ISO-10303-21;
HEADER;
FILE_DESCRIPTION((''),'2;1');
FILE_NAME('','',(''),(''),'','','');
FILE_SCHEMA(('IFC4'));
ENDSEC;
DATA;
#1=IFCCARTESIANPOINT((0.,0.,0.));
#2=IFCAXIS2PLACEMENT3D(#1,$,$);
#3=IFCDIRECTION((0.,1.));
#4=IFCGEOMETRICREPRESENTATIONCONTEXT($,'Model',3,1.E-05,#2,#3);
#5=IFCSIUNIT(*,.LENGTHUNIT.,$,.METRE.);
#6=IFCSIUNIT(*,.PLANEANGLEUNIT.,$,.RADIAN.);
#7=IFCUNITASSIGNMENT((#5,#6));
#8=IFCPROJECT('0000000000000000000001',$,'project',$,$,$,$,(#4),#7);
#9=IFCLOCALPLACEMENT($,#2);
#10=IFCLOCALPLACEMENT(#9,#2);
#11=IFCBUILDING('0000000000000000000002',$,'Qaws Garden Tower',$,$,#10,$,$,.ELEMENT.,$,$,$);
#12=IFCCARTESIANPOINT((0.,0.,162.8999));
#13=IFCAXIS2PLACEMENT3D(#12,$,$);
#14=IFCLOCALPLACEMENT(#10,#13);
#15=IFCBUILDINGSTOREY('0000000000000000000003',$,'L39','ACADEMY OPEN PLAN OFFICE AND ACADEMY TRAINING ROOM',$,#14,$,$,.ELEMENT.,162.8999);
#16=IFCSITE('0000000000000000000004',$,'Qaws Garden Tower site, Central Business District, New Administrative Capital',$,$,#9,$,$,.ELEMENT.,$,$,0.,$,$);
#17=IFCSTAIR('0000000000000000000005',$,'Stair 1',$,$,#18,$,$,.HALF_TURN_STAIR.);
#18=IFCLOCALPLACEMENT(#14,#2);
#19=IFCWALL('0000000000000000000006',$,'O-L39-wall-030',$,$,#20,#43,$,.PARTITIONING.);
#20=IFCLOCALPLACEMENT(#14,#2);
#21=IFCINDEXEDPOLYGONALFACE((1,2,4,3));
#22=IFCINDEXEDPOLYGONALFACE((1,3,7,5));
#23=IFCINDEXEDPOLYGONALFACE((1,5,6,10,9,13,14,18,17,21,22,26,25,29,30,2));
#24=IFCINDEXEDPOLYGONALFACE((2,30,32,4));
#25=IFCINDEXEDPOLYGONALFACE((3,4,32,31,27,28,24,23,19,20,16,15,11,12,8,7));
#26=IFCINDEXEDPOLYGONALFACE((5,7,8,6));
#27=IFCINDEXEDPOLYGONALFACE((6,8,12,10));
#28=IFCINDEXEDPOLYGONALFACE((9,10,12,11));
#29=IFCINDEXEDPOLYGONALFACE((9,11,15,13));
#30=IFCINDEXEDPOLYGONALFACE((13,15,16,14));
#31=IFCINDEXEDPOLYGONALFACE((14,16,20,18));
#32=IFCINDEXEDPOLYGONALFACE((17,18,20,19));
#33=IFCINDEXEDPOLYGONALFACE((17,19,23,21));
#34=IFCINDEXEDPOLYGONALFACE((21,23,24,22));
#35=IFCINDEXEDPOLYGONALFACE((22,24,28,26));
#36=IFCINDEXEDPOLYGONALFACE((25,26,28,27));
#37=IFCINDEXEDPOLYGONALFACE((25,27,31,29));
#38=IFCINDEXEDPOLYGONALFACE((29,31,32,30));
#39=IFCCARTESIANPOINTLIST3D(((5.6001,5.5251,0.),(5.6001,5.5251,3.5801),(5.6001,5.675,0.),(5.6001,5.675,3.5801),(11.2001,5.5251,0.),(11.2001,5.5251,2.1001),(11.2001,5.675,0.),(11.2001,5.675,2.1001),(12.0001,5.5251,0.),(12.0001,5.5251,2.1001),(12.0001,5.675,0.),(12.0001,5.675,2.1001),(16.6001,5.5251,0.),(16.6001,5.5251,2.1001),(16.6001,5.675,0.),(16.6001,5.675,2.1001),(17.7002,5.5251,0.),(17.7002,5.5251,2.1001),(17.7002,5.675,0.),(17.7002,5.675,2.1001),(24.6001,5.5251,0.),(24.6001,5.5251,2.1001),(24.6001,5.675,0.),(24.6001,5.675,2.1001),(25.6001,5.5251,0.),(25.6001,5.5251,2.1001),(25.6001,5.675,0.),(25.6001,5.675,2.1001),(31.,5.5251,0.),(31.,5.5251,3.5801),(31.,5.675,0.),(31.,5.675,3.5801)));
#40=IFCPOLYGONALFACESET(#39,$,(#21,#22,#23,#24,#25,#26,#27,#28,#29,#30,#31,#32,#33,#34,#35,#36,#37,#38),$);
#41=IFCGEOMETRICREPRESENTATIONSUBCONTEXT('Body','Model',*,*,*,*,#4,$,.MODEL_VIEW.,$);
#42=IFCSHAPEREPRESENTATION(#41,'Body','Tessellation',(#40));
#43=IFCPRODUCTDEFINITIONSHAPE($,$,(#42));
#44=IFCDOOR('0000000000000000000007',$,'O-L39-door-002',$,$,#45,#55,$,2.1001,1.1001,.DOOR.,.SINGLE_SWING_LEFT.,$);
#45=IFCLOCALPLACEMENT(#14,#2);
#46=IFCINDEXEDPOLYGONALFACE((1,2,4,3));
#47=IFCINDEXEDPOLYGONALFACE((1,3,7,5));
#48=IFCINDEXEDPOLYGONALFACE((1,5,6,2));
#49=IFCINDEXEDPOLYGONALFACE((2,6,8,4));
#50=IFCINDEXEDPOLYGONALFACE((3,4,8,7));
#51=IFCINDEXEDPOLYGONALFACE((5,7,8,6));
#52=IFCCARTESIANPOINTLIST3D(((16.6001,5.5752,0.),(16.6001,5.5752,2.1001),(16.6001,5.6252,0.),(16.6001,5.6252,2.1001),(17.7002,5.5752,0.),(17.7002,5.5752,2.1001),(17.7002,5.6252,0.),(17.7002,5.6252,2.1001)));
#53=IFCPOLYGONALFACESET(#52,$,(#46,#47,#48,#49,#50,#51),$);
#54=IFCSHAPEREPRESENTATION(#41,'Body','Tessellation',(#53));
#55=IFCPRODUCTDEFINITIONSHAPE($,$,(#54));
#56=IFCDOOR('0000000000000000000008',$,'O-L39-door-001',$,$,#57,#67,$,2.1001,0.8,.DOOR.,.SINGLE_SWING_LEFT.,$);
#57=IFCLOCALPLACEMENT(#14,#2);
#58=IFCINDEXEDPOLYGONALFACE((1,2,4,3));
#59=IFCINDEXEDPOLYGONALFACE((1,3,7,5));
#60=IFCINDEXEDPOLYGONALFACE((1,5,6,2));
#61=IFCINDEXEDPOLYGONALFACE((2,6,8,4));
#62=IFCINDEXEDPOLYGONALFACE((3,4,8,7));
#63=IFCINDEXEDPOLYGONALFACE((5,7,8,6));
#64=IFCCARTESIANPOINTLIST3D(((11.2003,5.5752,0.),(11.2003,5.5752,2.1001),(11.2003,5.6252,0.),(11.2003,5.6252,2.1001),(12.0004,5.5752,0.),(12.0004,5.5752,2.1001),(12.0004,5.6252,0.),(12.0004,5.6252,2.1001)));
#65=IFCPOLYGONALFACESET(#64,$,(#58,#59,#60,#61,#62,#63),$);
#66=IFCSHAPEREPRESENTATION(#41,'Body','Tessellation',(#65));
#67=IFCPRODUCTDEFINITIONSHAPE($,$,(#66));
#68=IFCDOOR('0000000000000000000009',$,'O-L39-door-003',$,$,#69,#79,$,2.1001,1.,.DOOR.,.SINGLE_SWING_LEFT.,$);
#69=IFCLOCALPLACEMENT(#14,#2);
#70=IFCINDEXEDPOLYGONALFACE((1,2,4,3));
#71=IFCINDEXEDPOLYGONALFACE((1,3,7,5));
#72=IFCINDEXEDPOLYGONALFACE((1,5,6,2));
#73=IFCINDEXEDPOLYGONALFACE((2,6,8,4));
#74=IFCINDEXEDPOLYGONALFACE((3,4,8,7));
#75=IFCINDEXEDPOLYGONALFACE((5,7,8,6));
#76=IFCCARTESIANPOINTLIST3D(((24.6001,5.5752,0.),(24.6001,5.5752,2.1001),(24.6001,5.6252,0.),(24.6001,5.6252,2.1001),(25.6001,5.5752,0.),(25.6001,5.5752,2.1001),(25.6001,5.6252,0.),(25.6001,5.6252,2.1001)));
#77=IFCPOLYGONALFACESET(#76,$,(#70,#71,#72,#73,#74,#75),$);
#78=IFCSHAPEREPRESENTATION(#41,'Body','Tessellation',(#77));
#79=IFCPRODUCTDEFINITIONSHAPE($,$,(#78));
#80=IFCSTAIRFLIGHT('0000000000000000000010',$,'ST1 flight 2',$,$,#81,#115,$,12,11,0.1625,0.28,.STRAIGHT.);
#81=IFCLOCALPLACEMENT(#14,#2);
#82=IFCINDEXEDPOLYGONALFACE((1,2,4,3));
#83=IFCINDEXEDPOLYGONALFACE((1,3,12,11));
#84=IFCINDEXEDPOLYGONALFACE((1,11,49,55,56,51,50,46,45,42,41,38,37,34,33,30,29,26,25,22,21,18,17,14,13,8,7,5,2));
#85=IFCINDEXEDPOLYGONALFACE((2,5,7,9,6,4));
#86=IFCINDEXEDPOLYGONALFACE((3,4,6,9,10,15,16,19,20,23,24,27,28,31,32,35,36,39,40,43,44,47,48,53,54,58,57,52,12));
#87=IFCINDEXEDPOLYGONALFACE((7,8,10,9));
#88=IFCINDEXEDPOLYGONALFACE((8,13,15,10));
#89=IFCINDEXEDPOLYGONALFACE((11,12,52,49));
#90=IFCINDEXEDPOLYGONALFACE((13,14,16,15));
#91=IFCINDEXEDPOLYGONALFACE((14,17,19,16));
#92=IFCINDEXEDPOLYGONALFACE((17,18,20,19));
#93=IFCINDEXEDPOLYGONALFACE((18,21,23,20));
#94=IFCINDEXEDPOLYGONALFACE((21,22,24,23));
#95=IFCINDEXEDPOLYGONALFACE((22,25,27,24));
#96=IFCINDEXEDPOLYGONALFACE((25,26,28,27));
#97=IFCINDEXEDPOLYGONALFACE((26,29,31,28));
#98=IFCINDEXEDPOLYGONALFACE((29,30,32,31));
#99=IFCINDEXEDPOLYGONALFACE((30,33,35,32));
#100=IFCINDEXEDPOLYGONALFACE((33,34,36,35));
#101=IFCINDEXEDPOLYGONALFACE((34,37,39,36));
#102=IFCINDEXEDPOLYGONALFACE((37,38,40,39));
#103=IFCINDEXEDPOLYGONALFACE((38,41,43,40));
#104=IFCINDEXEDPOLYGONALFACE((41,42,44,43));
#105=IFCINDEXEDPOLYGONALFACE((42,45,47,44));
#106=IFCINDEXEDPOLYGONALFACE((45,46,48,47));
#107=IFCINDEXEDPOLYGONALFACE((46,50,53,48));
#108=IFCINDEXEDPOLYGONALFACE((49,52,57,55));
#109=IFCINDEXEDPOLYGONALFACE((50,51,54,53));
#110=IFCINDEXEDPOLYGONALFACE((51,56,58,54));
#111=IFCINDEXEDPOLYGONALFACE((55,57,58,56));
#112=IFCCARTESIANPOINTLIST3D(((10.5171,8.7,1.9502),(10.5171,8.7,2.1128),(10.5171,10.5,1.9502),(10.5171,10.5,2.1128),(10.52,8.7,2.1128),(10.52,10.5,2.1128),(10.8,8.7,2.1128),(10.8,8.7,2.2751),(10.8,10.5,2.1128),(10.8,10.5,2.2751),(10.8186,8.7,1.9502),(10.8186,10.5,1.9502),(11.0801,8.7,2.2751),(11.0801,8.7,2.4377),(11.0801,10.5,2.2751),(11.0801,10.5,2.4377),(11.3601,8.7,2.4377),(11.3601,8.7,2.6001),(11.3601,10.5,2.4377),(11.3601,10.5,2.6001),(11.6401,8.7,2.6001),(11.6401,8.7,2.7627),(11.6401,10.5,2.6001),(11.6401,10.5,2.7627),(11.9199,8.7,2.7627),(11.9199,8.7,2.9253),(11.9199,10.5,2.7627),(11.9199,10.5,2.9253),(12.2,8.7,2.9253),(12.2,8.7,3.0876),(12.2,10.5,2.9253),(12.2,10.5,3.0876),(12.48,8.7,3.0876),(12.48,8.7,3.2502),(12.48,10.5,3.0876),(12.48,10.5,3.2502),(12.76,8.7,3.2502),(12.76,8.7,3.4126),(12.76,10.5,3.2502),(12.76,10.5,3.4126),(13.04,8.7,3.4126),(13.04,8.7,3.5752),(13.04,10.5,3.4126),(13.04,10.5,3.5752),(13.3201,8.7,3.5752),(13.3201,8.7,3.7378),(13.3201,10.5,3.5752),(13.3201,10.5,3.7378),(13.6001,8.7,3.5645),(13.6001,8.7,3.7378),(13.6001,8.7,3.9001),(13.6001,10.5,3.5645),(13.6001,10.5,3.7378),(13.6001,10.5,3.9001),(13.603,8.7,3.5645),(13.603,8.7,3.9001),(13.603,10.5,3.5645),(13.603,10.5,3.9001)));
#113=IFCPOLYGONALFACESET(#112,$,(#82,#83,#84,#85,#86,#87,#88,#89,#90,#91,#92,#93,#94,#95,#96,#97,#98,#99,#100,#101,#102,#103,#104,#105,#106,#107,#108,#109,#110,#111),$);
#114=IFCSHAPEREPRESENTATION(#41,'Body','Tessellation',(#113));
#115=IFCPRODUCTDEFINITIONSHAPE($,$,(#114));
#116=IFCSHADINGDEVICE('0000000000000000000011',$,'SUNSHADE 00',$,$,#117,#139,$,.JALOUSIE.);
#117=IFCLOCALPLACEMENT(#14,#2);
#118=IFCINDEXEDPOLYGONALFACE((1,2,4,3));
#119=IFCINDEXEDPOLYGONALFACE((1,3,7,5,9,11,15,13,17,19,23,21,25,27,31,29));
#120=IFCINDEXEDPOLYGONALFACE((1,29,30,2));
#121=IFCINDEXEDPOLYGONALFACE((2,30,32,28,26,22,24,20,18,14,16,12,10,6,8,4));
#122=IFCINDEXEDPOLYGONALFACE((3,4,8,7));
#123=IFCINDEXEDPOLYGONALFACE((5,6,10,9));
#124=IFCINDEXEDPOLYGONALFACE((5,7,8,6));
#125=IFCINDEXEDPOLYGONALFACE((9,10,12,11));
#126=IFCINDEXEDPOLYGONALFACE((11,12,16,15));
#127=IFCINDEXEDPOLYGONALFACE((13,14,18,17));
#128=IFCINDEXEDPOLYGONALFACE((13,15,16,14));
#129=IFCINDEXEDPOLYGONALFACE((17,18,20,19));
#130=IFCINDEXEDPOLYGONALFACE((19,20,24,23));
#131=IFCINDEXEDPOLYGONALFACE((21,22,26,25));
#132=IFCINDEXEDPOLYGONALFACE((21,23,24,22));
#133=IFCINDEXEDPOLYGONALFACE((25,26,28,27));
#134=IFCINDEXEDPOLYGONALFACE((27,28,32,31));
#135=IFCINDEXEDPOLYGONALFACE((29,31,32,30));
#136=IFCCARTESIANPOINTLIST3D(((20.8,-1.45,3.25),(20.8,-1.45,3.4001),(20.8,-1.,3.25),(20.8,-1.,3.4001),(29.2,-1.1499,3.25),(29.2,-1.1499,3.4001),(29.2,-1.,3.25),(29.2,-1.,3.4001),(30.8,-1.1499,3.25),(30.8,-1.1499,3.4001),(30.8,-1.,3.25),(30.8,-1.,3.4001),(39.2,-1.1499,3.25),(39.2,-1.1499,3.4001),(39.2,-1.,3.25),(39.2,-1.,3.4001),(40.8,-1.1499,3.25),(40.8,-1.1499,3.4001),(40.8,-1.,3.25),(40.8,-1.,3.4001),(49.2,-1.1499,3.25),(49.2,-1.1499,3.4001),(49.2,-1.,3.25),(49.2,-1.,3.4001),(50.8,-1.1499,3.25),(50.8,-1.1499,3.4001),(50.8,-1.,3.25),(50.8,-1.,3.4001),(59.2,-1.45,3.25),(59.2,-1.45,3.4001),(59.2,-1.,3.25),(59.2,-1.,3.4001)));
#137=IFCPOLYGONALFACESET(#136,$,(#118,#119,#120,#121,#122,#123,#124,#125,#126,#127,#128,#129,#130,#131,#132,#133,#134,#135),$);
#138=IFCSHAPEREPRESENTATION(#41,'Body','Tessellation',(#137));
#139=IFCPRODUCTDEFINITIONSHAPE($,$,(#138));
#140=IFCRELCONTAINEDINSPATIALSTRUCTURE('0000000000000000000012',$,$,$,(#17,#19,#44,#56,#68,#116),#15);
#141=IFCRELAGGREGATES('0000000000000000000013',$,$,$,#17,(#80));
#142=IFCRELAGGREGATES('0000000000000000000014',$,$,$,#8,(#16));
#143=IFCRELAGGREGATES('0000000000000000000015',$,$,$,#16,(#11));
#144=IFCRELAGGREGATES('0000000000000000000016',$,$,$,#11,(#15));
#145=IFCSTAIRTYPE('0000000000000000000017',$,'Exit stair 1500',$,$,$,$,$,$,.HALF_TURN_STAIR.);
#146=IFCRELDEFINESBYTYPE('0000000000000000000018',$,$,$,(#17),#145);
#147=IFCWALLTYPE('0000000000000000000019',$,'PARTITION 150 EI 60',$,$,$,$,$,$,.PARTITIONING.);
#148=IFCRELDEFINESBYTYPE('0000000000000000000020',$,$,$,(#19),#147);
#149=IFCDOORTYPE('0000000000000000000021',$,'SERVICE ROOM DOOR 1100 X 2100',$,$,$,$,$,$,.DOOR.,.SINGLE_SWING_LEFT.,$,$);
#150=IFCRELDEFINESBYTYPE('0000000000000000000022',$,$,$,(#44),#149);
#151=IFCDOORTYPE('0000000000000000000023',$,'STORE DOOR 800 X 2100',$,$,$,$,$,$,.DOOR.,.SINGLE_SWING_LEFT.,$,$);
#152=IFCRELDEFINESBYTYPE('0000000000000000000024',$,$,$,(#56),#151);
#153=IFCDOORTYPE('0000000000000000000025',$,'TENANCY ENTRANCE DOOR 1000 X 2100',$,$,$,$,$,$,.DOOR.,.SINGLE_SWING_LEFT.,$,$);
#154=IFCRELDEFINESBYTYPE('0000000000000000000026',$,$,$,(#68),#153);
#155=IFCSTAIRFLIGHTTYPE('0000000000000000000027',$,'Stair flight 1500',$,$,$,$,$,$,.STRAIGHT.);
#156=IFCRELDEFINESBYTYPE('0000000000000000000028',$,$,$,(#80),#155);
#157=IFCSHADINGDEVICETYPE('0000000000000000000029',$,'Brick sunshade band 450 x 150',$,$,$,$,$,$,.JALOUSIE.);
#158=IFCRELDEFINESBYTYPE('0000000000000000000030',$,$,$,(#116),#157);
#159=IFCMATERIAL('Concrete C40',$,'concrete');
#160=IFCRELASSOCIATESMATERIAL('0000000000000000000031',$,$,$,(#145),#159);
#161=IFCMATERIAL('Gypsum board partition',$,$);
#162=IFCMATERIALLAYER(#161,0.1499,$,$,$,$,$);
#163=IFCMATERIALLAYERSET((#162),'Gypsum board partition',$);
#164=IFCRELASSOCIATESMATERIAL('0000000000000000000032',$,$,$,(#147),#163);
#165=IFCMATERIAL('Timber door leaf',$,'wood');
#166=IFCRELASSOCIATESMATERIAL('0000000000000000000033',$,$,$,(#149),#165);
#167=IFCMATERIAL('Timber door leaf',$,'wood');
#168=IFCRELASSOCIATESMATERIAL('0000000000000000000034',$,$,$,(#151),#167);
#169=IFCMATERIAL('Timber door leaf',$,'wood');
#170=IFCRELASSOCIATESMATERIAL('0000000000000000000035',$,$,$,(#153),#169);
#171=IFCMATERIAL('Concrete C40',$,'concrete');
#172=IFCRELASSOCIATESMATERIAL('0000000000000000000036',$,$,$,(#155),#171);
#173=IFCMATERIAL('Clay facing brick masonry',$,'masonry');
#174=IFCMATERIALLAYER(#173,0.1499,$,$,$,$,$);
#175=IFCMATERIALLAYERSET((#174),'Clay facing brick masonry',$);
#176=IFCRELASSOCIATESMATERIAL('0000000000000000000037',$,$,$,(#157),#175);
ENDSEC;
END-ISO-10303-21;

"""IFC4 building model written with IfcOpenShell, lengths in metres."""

from ifc_helpers import new_model, si_unit, direction, frame, frame_2d, origin, place, context, subcontext, project, spatial, polyline, rectangle, outline, extrude, material, layer, layer_set, type_object, element, fill, aggregate, save


model = new_model("IFC4")

# Units and contexts
model_context = context("Model", 3, precision=1e-05, world=origin(), true_north=direction((0.0, 1.0)))
body_context = subcontext(model_context, "Body", "Model", "MODEL_VIEW")
ifc_project = project(units=[si_unit("LENGTHUNIT", "METRE"), si_unit("PLANEANGLEUNIT", "RADIAN")], contexts=[model_context])

# Site, building, storey
site_placement = place(None, origin())
site = spatial("IfcSite", under=ifc_project, at=site_placement, Name="Qaws Garden Tower site, Central Business District, New Administrative Capital", CompositionType="ELEMENT", RefElevation=0.0)
building_placement = place(site_placement, origin())
building = spatial("IfcBuilding", under=site, at=building_placement, Name="Qaws Garden Tower", CompositionType="ELEMENT")
storey_placement = place(building_placement, frame((0.0, 0.0, 162.8999)))
storey = spatial("IfcBuildingStorey", under=building, at=storey_placement, Name="L39", Description="ACADEMY OPEN PLAN OFFICE AND ACADEMY TRAINING ROOM", CompositionType="ELEMENT", Elevation=162.8999)

# Stair
ifc_material_1 = material(Name="Concrete C40", Category="concrete")
stair_type_1 = type_object("IfcStairType", Name="Exit stair 1500", PredefinedType="HALF_TURN_STAIR", material=ifc_material_1)
placement_1 = place(storey_placement, origin())
stair_1 = element("IfcStair", 1, at=placement_1, inside=storey, type_object=stair_type_1, Name="Stair 1", PredefinedType="HALF_TURN_STAIR")

# Shared definitions
ifc_material_2 = material(Name="Gypsum board partition")
ifc_layer_1 = layer(ifc_material_2, 0.1499)
ifc_layer_set_1 = layer_set([ifc_layer_1], Name="Gypsum board partition")
wall_type_1 = type_object("IfcWallType", Name="PARTITION 150 EI 60", PredefinedType="PARTITIONING", material=ifc_layer_set_1)

# Wall, openings, doors
wall_1_placement = place(storey_placement, frame((5.6001, 5.6001, 0.0), z_axis=(0.0, 0.0, 1.0), x_axis=(1.0, 0.0, 0.0)))
wall_1 = element("IfcWall", 2, at=wall_1_placement, inside=storey, type_object=wall_type_1, Name="O-L39-wall-030", PredefinedType="PARTITIONING", context=body_context, shape_type="SweptSolid", body=[
    extrude(rectangle(XDim=25.3999, YDim=0.1499, at=frame_2d((12.7, 0.0))), origin(), (0.0, 0.0, 1.0), 3.5801),
])
opening_1_placement = place(wall_1_placement, frame((5.6001, 0.0, 0.0)))
opening_1 = element("IfcOpeningElement", 3, at=opening_1_placement, cuts=wall_1, PredefinedType="OPENING", context=body_context, shape_type="SweptSolid", body=[
    extrude(rectangle(XDim=0.8, YDim=2.1001, at=frame_2d((0.3999, 1.05))), frame((0.0, 0.085, 0.0), z_axis=(0.0, -1.0, 0.0), x_axis=(1.0, 0.0, 0.0)), (0.0, 0.0, 1.0), 0.1699),
])
opening_2_placement = place(wall_1_placement, frame((11.0, 0.0, 0.0)))
opening_2 = element("IfcOpeningElement", 4, at=opening_2_placement, cuts=wall_1, PredefinedType="OPENING", context=body_context, shape_type="SweptSolid", body=[
    extrude(rectangle(XDim=1.1001, YDim=2.1001, at=frame_2d((0.55, 1.05))), frame((0.0, 0.085, 0.0), z_axis=(0.0, -1.0, 0.0), x_axis=(1.0, 0.0, 0.0)), (0.0, 0.0, 1.0), 0.1699),
])
opening_3_placement = place(wall_1_placement, frame((19.0, 0.0, 0.0)))
opening_3 = element("IfcOpeningElement", 5, at=opening_3_placement, cuts=wall_1, PredefinedType="OPENING", context=body_context, shape_type="SweptSolid", body=[
    extrude(rectangle(XDim=1.0, YDim=2.1001, at=frame_2d((0.5, 1.05))), frame((0.0, 0.085, 0.0), z_axis=(0.0, -1.0, 0.0), x_axis=(1.0, 0.0, 0.0)), (0.0, 0.0, 1.0), 0.1699),
])
ifc_material_3 = material(Name="Timber door leaf", Category="wood")
door_type_1 = type_object("IfcDoorType", Name="SERVICE ROOM DOOR 1100 X 2100", OperationType="SINGLE_SWING_LEFT", PredefinedType="DOOR", material=ifc_material_3)
door_1_placement = place(opening_2_placement, frame((1.1001, 0.0, 0.0), z_axis=(0.0, 0.0, 1.0), x_axis=(-1.0, 0.0, 0.0)))
door_1 = element("IfcDoor", 6, at=door_1_placement, inside=storey, type_object=door_type_1, Name="O-L39-door-002", OperationType="SINGLE_SWING_LEFT", OverallHeight=2.1001, OverallWidth=1.1001, PredefinedType="DOOR", context=body_context, shape_type="SweptSolid", body=[
    extrude(rectangle(XDim=1.1001, YDim=2.1001, at=frame_2d((0.55, 1.05))), frame((0.0, 0.0249, 0.0), z_axis=(0.0, -1.0, 0.0), x_axis=(1.0, 0.0, 0.0)), (0.0, 0.0, 1.0), 0.05),
])
fill(opening_2, door_1)
ifc_material_4 = material(Name="Timber door leaf", Category="wood")
door_type_2 = type_object("IfcDoorType", Name="STORE DOOR 800 X 2100", OperationType="SINGLE_SWING_LEFT", PredefinedType="DOOR", material=ifc_material_4)
door_2_placement = place(opening_1_placement, frame((0.8, 0.0, 0.0), z_axis=(0.0, 0.0, 1.0), x_axis=(-1.0, 0.0, 0.0)))
door_2 = element("IfcDoor", 7, at=door_2_placement, inside=storey, type_object=door_type_2, Name="O-L39-door-001", OperationType="SINGLE_SWING_LEFT", OverallHeight=2.1001, OverallWidth=0.8, PredefinedType="DOOR", context=body_context, shape_type="SweptSolid", body=[
    extrude(rectangle(XDim=0.8, YDim=2.1001, at=frame_2d((0.3999, 1.05))), frame((0.0, 0.0249, 0.0), z_axis=(0.0, -1.0, 0.0), x_axis=(1.0, 0.0, 0.0)), (0.0, 0.0, 1.0), 0.05),
])
fill(opening_1, door_2)
ifc_material_5 = material(Name="Timber door leaf", Category="wood")
door_type_3 = type_object("IfcDoorType", Name="TENANCY ENTRANCE DOOR 1000 X 2100", OperationType="SINGLE_SWING_LEFT", PredefinedType="DOOR", material=ifc_material_5)
door_3_placement = place(opening_3_placement, frame((1.0, 0.0, 0.0), z_axis=(0.0, 0.0, 1.0), x_axis=(-1.0, 0.0, 0.0)))
door_3 = element("IfcDoor", 8, at=door_3_placement, inside=storey, type_object=door_type_3, Name="O-L39-door-003", OperationType="SINGLE_SWING_LEFT", OverallHeight=2.1001, OverallWidth=1.0, PredefinedType="DOOR", context=body_context, shape_type="SweptSolid", body=[
    extrude(rectangle(XDim=1.0, YDim=2.1001, at=frame_2d((0.5, 1.05))), frame((0.0, 0.0249, 0.0), z_axis=(0.0, -1.0, 0.0), x_axis=(1.0, 0.0, 0.0)), (0.0, 0.0, 1.0), 0.05),
])
fill(opening_3, door_3)

# Stair flight
ifc_material_6 = material(Name="Concrete C40", Category="concrete")
stair_flight_type = type_object("IfcStairFlightType", Name="Stair flight 1500", PredefinedType="STRAIGHT", material=ifc_material_6)
stair_flight_placement = place(storey_placement, frame((10.52, 9.6001, 1.9502), z_axis=(0.0, 0.0, 1.0), x_axis=(1.0, 0.0, 0.0)))
stair_flight = element("IfcStairFlight", 9, at=stair_flight_placement, type_object=stair_flight_type, Name="ST1 flight 2", NumberOfRisers=12, NumberOfTreads=11, PredefinedType="STRAIGHT", RiserHeight=0.1625, TreadLength=0.28, context=body_context, shape_type="SweptSolid", body=[
    extrude(outline(polyline([(-0.0029, 0.0), (-0.0029, 0.1626), (0.0, 0.1626), (0.28, 0.1626), (0.28, 0.325), (0.5601, 0.325), (0.5601, 0.4875), (0.8401, 0.4875), (0.8401, 0.6499), (1.1201, 0.6499), (1.1201, 0.8125), (1.3999, 0.8125), (1.3999, 0.9751), (1.6799, 0.9751), (1.6799, 1.1375), (1.96, 1.1375), (1.96, 1.3), (2.24, 1.3), (2.24, 1.4624), (2.52, 1.4624), (2.52, 1.625), (2.8, 1.625), (2.8, 1.7876), (3.0801, 1.7876), (3.0801, 1.95), (3.083, 1.95), (3.083, 1.6143), (3.0801, 1.6143), (0.2986, 0.0), (-0.0029, 0.0)])), frame((0.0, 0.8999, 0.0), z_axis=(0.0, -1.0, 0.0), x_axis=(1.0, 0.0, 0.0)), (0.0, 0.0, 1.0), 1.8),
])
aggregate(stair_1, [stair_flight])

# Shading device
ifc_material_7 = material(Name="Clay facing brick masonry", Category="masonry")
ifc_layer_2 = layer(ifc_material_7, 0.1499)
ifc_layer_set_2 = layer_set([ifc_layer_2], Name="Clay facing brick masonry")
shading_device_type = type_object("IfcShadingDeviceType", Name="Brick sunshade band 450 x 150", PredefinedType="JALOUSIE", material=ifc_layer_set_2)
shading_device_placement = place(storey_placement, frame((0.0, 0.0, 3.25)))
element("IfcShadingDevice", 10, at=shading_device_placement, inside=storey, type_object=shading_device_type, Name="SUNSHADE 00", PredefinedType="JALOUSIE", context=body_context, shape_type="SweptSolid", body=[
    extrude(outline(polyline([(20.8, -1.0), (20.8, -1.45), (59.2, -1.45), (59.2, -1.0), (50.8, -1.0), (50.8, -1.1499), (49.2, -1.1499), (49.2, -1.0), (40.8, -1.0), (40.8, -1.1499), (39.2, -1.1499), (39.2, -1.0), (30.8, -1.0), (30.8, -1.1499), (29.2, -1.1499), (29.2, -1.0), (20.8, -1.0)])), origin(), (0.0, 0.0, 1.0), 0.1501),
])

save(model, "model.ifc")
